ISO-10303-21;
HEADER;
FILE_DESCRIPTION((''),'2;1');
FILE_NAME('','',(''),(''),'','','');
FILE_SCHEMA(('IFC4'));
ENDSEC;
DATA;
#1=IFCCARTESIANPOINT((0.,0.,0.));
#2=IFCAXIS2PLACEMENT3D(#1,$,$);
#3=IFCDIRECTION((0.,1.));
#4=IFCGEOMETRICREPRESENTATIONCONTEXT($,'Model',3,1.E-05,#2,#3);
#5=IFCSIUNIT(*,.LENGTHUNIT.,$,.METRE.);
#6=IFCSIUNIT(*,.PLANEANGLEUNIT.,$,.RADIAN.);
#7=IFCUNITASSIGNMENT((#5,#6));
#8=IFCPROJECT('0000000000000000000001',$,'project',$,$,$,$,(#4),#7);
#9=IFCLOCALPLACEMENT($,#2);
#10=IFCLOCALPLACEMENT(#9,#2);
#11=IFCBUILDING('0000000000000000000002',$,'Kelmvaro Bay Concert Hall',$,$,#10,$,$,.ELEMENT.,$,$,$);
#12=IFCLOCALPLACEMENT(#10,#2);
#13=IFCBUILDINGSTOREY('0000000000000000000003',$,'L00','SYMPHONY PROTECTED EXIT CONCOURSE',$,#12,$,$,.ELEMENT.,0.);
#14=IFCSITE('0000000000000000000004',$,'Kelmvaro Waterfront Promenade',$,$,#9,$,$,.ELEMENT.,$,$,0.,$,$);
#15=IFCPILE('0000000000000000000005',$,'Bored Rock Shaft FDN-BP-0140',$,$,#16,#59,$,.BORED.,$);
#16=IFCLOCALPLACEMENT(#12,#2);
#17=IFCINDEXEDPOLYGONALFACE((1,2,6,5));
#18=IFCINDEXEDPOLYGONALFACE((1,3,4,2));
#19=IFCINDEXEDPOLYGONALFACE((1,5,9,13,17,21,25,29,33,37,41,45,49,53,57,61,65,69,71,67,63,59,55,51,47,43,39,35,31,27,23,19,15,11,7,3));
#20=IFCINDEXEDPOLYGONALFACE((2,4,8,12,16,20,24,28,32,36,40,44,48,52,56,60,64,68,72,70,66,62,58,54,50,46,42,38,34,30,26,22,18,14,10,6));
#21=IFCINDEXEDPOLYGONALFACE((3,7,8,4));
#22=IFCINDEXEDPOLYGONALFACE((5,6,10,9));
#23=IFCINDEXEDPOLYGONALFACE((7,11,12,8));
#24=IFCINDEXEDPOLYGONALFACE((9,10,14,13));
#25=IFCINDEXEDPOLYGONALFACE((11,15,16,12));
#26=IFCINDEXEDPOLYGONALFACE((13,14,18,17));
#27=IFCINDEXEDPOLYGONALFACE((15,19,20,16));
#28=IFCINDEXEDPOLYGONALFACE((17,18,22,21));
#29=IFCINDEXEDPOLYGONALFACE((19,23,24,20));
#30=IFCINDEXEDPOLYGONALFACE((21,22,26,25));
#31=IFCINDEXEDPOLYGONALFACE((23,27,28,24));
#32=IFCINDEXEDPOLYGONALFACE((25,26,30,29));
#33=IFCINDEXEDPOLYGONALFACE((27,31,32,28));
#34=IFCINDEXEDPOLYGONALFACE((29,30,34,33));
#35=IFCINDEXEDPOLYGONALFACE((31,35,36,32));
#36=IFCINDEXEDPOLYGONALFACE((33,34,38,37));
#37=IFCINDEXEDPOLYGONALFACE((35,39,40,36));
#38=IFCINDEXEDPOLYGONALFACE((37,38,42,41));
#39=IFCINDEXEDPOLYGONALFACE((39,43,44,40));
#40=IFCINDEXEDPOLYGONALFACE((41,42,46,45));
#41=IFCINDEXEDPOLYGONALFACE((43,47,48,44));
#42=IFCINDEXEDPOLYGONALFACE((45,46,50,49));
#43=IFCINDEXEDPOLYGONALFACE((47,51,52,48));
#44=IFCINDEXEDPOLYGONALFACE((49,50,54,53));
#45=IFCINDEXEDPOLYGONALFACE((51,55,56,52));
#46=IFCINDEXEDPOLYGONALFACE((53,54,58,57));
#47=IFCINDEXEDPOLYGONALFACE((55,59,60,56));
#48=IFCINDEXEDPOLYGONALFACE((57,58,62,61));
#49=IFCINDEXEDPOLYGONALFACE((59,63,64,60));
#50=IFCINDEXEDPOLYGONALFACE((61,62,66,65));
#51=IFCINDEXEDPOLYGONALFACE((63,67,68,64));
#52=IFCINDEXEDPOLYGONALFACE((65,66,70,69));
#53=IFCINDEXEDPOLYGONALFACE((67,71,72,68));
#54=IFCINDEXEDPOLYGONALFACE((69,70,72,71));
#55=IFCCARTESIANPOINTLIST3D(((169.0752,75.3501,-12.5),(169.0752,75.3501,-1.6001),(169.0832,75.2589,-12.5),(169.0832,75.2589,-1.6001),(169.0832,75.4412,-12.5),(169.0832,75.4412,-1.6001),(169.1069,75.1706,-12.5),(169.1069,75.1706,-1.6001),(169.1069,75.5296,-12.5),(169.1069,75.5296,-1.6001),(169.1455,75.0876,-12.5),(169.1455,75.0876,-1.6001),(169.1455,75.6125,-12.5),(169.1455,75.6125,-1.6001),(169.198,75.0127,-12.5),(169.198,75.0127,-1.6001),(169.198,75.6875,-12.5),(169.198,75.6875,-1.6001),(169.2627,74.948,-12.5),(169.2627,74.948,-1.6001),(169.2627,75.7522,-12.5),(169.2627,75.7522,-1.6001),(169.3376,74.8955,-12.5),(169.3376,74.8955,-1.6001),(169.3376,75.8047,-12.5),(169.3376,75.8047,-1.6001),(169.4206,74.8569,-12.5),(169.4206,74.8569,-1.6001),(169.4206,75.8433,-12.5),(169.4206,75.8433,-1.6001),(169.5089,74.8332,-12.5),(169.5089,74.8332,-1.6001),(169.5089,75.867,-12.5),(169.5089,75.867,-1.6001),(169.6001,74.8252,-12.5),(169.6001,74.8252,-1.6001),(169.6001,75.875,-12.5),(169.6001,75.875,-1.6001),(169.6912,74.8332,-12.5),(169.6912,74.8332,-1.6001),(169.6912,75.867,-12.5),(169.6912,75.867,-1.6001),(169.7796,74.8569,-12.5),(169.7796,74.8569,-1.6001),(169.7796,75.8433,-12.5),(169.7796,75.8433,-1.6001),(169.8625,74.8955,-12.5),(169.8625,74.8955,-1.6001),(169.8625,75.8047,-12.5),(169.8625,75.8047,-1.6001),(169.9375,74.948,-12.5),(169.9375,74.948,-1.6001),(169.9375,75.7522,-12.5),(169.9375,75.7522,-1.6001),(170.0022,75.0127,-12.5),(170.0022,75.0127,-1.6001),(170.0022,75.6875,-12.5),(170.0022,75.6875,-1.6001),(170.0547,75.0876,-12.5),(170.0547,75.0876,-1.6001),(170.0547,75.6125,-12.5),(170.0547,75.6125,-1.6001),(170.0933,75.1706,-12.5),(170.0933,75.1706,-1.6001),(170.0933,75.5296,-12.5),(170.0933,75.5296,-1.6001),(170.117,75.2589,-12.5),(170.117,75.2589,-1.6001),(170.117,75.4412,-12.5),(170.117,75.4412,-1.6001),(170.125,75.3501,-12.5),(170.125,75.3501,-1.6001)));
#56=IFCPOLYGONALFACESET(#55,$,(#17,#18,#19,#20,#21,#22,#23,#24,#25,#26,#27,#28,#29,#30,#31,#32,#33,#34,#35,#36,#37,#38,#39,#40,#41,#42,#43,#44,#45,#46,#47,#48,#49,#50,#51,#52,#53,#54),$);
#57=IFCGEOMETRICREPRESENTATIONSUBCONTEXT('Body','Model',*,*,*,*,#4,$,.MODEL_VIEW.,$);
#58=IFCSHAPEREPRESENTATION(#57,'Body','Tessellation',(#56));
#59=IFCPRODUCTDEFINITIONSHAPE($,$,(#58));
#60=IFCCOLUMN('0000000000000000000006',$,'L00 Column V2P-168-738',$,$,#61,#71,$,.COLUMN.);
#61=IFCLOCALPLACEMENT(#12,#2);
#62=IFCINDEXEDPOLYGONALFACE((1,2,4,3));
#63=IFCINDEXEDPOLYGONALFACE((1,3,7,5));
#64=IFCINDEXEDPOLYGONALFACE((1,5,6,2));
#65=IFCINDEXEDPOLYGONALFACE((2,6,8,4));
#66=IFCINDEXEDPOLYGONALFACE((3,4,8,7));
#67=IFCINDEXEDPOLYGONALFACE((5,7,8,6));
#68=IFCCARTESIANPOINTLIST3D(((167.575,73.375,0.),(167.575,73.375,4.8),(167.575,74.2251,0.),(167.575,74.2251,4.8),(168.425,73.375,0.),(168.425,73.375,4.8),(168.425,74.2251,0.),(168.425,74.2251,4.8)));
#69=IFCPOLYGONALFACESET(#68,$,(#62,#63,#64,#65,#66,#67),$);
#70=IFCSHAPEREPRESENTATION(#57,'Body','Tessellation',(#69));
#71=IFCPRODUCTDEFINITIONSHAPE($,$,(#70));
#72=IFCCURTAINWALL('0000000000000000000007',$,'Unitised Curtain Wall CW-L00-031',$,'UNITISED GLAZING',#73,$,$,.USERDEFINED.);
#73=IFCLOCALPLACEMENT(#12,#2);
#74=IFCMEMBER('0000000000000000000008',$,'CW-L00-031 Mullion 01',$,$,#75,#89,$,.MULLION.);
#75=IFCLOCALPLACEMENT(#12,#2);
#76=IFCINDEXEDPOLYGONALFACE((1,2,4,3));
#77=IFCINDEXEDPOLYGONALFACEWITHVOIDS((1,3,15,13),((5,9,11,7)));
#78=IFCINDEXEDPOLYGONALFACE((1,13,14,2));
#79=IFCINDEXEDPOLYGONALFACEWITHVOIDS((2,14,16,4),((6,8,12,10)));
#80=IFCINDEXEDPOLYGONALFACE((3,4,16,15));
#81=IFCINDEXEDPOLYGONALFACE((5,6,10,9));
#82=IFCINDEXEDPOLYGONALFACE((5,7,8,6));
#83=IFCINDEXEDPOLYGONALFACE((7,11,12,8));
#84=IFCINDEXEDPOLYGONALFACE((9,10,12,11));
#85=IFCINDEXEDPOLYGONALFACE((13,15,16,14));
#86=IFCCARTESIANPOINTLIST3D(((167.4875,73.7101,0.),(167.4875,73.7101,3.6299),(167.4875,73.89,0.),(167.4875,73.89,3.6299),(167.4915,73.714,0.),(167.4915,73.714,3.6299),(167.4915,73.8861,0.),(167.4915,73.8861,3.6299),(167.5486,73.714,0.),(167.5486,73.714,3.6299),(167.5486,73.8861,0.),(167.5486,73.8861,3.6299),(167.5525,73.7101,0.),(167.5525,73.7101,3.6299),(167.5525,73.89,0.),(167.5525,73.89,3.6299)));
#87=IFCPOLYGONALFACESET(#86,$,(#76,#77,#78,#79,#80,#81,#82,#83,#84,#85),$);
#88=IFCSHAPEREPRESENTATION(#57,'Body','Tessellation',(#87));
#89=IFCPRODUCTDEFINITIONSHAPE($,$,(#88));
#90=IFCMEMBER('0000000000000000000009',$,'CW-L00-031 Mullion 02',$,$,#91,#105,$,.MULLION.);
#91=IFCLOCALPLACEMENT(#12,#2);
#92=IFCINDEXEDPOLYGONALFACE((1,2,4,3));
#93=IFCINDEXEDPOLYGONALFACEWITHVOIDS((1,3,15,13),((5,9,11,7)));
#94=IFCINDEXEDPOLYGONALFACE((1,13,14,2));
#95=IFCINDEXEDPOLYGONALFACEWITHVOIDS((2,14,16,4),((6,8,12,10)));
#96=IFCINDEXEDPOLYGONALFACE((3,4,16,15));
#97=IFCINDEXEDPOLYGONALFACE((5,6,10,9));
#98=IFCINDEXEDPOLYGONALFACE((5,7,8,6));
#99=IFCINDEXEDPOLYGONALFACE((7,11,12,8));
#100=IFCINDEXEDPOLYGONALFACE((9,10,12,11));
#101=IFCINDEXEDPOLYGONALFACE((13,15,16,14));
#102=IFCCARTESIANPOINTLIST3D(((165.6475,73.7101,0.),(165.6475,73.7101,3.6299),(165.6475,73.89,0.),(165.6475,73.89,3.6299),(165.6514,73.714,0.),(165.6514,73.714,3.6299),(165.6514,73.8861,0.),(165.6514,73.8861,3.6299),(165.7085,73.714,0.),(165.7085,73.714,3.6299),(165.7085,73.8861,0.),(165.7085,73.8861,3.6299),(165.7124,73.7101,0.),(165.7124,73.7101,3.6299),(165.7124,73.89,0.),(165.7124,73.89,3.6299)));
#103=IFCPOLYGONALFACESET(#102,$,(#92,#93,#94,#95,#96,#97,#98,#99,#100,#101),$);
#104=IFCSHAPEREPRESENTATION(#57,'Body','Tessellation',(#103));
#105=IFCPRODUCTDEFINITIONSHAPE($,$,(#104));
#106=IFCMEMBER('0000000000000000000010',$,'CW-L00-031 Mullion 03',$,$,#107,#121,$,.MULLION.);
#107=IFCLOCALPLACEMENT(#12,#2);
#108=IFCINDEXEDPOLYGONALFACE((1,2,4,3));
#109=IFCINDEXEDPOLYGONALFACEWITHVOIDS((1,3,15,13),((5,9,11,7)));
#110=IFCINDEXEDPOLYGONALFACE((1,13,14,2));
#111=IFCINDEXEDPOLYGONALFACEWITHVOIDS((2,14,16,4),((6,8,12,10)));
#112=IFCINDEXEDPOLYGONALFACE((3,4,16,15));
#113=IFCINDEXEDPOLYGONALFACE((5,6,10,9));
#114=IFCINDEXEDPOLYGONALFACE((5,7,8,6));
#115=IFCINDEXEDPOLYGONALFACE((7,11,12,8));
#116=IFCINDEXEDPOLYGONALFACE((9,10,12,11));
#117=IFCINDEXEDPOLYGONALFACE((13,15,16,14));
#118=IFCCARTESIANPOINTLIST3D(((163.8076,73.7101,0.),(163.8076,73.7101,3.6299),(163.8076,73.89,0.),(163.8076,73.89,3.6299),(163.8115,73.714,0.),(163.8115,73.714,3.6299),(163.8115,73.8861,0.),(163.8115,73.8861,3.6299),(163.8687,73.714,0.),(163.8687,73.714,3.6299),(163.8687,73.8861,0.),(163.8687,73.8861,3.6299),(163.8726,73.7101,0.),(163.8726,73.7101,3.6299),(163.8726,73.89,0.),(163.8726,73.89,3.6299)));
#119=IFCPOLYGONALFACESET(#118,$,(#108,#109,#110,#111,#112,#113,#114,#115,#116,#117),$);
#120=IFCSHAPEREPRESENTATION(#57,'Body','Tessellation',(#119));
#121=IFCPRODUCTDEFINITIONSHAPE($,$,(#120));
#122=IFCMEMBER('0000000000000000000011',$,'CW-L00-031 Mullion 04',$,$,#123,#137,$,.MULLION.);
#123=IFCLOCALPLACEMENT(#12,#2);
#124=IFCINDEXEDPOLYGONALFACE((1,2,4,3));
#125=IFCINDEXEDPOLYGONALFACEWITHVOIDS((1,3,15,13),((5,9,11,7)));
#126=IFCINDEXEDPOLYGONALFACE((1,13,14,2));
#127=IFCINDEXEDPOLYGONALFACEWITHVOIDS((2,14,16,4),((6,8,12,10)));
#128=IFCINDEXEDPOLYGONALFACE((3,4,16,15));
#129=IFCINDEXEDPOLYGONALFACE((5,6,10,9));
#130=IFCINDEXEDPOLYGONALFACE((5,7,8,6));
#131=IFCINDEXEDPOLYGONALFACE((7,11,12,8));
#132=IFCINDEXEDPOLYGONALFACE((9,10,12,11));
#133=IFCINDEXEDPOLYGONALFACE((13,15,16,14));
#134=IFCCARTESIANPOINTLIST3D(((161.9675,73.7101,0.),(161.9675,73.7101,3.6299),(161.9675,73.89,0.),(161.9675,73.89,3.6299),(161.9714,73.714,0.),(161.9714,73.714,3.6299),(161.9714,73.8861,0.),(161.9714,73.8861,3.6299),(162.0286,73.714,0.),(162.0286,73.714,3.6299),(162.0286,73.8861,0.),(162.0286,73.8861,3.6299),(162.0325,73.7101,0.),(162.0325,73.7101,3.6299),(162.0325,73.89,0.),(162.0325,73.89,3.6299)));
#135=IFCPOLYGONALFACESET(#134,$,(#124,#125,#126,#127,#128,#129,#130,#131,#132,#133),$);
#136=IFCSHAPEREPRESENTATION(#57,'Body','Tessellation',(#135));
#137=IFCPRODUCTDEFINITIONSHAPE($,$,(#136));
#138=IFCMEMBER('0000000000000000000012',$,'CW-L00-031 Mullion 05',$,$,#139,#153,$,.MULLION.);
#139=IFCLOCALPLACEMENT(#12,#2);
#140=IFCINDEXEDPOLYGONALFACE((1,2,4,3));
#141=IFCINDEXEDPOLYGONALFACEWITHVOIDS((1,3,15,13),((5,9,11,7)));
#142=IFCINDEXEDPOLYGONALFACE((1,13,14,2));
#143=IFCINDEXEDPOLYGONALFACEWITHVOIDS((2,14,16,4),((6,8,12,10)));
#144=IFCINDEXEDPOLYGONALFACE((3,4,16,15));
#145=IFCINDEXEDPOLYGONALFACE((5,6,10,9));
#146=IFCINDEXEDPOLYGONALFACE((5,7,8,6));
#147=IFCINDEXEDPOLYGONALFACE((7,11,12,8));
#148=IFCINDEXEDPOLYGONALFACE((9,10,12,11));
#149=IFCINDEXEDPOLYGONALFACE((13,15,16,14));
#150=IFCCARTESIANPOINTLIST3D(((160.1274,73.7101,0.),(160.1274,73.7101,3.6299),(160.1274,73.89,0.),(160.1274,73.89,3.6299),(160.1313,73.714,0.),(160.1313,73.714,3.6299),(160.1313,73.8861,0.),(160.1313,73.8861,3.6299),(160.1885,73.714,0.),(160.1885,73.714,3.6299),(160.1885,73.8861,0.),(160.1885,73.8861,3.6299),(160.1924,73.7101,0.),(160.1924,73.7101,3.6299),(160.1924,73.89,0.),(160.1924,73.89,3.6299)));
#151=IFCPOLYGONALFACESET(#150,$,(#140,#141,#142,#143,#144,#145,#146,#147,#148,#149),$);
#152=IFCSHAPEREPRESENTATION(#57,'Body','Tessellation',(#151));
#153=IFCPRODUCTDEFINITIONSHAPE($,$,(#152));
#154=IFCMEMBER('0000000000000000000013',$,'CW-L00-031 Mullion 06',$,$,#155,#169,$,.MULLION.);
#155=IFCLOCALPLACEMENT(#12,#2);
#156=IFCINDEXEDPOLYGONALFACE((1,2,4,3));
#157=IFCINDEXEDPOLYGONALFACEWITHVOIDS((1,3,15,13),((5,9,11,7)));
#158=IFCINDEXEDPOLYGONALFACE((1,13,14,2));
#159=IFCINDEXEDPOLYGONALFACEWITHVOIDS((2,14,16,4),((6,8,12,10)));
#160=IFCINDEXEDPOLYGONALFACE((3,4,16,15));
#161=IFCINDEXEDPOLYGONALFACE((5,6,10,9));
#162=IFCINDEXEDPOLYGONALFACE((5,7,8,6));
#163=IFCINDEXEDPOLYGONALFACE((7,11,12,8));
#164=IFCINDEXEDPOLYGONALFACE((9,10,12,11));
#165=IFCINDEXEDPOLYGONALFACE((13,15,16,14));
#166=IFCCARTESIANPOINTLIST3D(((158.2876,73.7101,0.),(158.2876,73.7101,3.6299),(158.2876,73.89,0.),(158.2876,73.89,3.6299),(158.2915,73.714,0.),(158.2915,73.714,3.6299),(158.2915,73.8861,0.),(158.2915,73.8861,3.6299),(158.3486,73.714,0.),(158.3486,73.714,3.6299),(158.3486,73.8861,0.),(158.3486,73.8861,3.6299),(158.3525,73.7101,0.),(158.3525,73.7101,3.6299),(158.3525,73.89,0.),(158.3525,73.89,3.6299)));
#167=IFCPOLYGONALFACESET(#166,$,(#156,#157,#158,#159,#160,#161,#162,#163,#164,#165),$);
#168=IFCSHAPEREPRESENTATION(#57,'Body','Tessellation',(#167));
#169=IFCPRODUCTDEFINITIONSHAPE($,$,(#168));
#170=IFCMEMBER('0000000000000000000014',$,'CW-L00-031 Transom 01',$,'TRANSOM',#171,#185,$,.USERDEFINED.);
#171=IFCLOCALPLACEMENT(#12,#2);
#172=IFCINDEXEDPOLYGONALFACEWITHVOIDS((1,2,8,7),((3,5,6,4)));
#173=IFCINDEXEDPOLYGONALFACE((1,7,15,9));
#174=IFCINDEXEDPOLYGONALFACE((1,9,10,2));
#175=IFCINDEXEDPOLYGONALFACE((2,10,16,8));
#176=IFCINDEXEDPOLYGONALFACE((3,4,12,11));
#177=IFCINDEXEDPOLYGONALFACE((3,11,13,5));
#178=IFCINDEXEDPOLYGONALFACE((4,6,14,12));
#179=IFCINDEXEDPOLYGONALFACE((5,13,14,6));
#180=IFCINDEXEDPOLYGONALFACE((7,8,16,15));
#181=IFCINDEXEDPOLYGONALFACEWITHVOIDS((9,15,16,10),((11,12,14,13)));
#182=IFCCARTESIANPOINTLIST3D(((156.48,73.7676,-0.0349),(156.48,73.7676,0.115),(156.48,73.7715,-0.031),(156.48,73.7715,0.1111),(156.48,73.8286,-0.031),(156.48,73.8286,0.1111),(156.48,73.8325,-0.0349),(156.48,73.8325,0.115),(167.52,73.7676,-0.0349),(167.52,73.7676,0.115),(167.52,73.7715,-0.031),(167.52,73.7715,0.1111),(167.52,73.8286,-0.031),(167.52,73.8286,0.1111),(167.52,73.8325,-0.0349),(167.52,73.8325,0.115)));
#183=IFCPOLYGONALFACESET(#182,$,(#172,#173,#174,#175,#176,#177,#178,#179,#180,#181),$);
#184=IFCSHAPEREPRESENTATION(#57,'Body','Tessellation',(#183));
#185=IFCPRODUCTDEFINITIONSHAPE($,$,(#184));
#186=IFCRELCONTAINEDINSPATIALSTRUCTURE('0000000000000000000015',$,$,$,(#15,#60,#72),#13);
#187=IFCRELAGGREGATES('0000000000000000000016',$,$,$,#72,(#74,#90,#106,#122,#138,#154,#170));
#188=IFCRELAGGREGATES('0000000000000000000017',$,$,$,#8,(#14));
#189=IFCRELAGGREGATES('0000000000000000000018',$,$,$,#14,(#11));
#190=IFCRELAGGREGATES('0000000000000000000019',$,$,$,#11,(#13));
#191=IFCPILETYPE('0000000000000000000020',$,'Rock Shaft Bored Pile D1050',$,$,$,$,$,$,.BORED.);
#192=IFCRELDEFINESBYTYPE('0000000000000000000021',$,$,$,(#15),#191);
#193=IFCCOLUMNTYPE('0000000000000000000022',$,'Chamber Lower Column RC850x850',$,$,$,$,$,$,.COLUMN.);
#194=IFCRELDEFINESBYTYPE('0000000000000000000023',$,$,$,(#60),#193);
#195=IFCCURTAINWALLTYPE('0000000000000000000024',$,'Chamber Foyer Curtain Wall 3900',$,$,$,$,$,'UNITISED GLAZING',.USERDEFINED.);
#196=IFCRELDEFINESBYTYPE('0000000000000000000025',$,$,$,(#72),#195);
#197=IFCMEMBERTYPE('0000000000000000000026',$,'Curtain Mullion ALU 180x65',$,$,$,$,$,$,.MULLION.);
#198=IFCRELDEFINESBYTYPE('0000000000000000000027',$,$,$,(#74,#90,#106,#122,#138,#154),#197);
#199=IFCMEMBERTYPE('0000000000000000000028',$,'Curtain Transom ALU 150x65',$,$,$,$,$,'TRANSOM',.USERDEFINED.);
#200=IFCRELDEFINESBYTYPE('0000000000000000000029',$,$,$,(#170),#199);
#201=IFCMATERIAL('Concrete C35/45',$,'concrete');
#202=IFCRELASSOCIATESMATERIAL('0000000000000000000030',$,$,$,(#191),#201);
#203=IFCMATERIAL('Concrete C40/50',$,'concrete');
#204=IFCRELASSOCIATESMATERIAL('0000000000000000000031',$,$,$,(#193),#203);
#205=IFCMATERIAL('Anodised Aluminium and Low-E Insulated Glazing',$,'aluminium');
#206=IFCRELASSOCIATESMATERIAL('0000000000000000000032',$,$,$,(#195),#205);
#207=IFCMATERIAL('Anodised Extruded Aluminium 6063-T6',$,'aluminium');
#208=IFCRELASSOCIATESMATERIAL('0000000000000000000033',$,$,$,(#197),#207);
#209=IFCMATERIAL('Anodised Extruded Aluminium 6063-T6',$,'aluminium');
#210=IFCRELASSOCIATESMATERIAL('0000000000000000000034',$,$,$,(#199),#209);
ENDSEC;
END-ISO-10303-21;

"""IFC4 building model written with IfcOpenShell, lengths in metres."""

from ifc_helpers import new_model, si_unit, direction, frame, origin, origin_2d, place, context, subcontext, project, spatial, rectangle, hollow_rectangle, circle, extrude, material, material_profile, profile_set, type_object, element, aggregate, save


model = new_model("IFC4")

# Units and contexts
model_context = context("Model", 3, precision=1e-05, world=origin(), true_north=direction((0.0, 1.0)))
body_context = subcontext(model_context, "Body", "Model", "MODEL_VIEW")
ifc_project = project(units=[si_unit("LENGTHUNIT", "METRE"), si_unit("PLANEANGLEUNIT", "RADIAN")], contexts=[model_context])

# Site, building, storey
site_placement = place(None, origin())
site = spatial("IfcSite", under=ifc_project, at=site_placement, Name="Kelmvaro Waterfront Promenade", CompositionType="ELEMENT", RefElevation=0.0)
building_placement = place(site_placement, origin())
building = spatial("IfcBuilding", under=site, at=building_placement, Name="Kelmvaro Bay Concert Hall", CompositionType="ELEMENT")
storey_placement = place(building_placement, origin())
storey = spatial("IfcBuildingStorey", under=building, at=storey_placement, Name="L00", Description="SYMPHONY PROTECTED EXIT CONCOURSE", CompositionType="ELEMENT", Elevation=0.0)

# Pile
ifc_material_1 = material(Name="Concrete C35/45", Category="concrete")
ifc_material_profile_1 = material_profile(ifc_material_1, circle(Radius=0.5249, at=origin_2d()), Name="PILE-BORED-1050")
ifc_profile_set_1 = profile_set([ifc_material_profile_1], Name="Concrete C35/45")
pile_type = type_object("IfcPileType", Name="Rock Shaft Bored Pile D1050", PredefinedType="BORED", material=ifc_profile_set_1)
for number, where, z_axis, x_axis, name in (
    (1, (169.6001, 75.3501, -1.6001), (0.0, 0.0, -1.0), (1.0, 0.0, 0.0), "Bored Rock Shaft FDN-BP-0140"),
):
    element("IfcPile", number, at=place(storey_placement, frame(where, z_axis=z_axis, x_axis=x_axis)), inside=storey, type_object=pile_type, Name=name, PredefinedType="BORED", context=body_context, shape_type="SweptSolid", body=[
        extrude(circle(Radius=0.5249, at=origin_2d()), origin(), (0.0, 0.0, 1.0), 10.8999),
    ])

# Column
ifc_material_2 = material(Name="Concrete C40/50", Category="concrete")
ifc_material_profile_2 = material_profile(ifc_material_2, rectangle(XDim=0.8501, YDim=0.8501, at=origin_2d()), Name="RC-COL-850X850")
ifc_profile_set_2 = profile_set([ifc_material_profile_2], Name="Concrete C40/50")
column_type = type_object("IfcColumnType", Name="Chamber Lower Column RC850x850", PredefinedType="COLUMN", material=ifc_profile_set_2)
column_placement = place(storey_placement, frame((168.0, 73.8, 0.0), z_axis=(0.0, 0.0, 1.0), x_axis=(1.0, 0.0, 0.0)))
element("IfcColumn", 2, at=column_placement, inside=storey, type_object=column_type, Name="L00 Column V2P-168-738", PredefinedType="COLUMN", context=body_context, shape_type="SweptSolid", body=[
    extrude(rectangle(XDim=0.8501, YDim=0.8501, at=origin_2d()), origin(), (0.0, 0.0, 1.0), 4.8),
])

# Curtain wall, members
ifc_material_3 = material(Name="Anodised Aluminium and Low-E Insulated Glazing", Category="aluminium")
curtain_wall_type = type_object("IfcCurtainWallType", Name="Chamber Foyer Curtain Wall 3900", ElementType="UNITISED GLAZING", PredefinedType="USERDEFINED", material=ifc_material_3)
curtain_wall_placement = place(storey_placement, origin())
curtain_wall = element("IfcCurtainWall", 3, at=curtain_wall_placement, inside=storey, type_object=curtain_wall_type, Name="Unitised Curtain Wall CW-L00-031", ObjectType="UNITISED GLAZING", PredefinedType="USERDEFINED")
ifc_material_4 = material(Name="Anodised Extruded Aluminium 6063-T6", Category="aluminium")
ifc_material_profile_3 = material_profile(ifc_material_4, hollow_rectangle(XDim=0.0649, YDim=0.1799, WallThickness=0.0039, at=origin_2d()), Name="ALU-MUL-180X65")
ifc_profile_set_3 = profile_set([ifc_material_profile_3], Name="Anodised Extruded Aluminium 6063-T6")
member_type_1 = type_object("IfcMemberType", Name="Curtain Mullion ALU 180x65", PredefinedType="MULLION", material=ifc_profile_set_3)
member_1_placement = place(storey_placement, frame((167.52, 73.8, 0.0), z_axis=(0.0, 0.0, 1.0), x_axis=(1.0, 0.0, 0.0)))
member_1 = element("IfcMember", 4, at=member_1_placement, type_object=member_type_1, Name="CW-L00-031 Mullion 01", PredefinedType="MULLION", context=body_context, shape_type="SweptSolid", body=[
    extrude(hollow_rectangle(XDim=0.0649, YDim=0.1799, WallThickness=0.0039, at=origin_2d()), origin(), (0.0, 0.0, 1.0), 3.6299),
])
member_2_placement = place(storey_placement, frame((165.6799, 73.8, 0.0), z_axis=(0.0, 0.0, 1.0), x_axis=(1.0, 0.0, 0.0)))
member_2 = element("IfcMember", 5, at=member_2_placement, type_object=member_type_1, Name="CW-L00-031 Mullion 02", PredefinedType="MULLION", context=body_context, shape_type="SweptSolid", body=[
    extrude(hollow_rectangle(XDim=0.0649, YDim=0.1799, WallThickness=0.0039, at=origin_2d()), origin(), (0.0, 0.0, 1.0), 3.6299),
])
member_3_placement = place(storey_placement, frame((163.8401, 73.8, 0.0), z_axis=(0.0, 0.0, 1.0), x_axis=(1.0, 0.0, 0.0)))
member_3 = element("IfcMember", 6, at=member_3_placement, type_object=member_type_1, Name="CW-L00-031 Mullion 03", PredefinedType="MULLION", context=body_context, shape_type="SweptSolid", body=[
    extrude(hollow_rectangle(XDim=0.0649, YDim=0.1799, WallThickness=0.0039, at=origin_2d()), origin(), (0.0, 0.0, 1.0), 3.6299),
])
member_4_placement = place(storey_placement, frame((162.0, 73.8, 0.0), z_axis=(0.0, 0.0, 1.0), x_axis=(1.0, 0.0, 0.0)))
member_4 = element("IfcMember", 7, at=member_4_placement, type_object=member_type_1, Name="CW-L00-031 Mullion 04", PredefinedType="MULLION", context=body_context, shape_type="SweptSolid", body=[
    extrude(hollow_rectangle(XDim=0.0649, YDim=0.1799, WallThickness=0.0039, at=origin_2d()), origin(), (0.0, 0.0, 1.0), 3.6299),
])
member_5_placement = place(storey_placement, frame((160.1599, 73.8, 0.0), z_axis=(0.0, 0.0, 1.0), x_axis=(1.0, 0.0, 0.0)))
member_5 = element("IfcMember", 8, at=member_5_placement, type_object=member_type_1, Name="CW-L00-031 Mullion 05", PredefinedType="MULLION", context=body_context, shape_type="SweptSolid", body=[
    extrude(hollow_rectangle(XDim=0.0649, YDim=0.1799, WallThickness=0.0039, at=origin_2d()), origin(), (0.0, 0.0, 1.0), 3.6299),
])
member_6_placement = place(storey_placement, frame((158.3201, 73.8, 0.0), z_axis=(0.0, 0.0, 1.0), x_axis=(1.0, 0.0, 0.0)))
member_6 = element("IfcMember", 9, at=member_6_placement, type_object=member_type_1, Name="CW-L00-031 Mullion 06", PredefinedType="MULLION", context=body_context, shape_type="SweptSolid", body=[
    extrude(hollow_rectangle(XDim=0.0649, YDim=0.1799, WallThickness=0.0039, at=origin_2d()), origin(), (0.0, 0.0, 1.0), 3.6299),
])
ifc_material_5 = material(Name="Anodised Extruded Aluminium 6063-T6", Category="aluminium")
ifc_material_profile_4 = material_profile(ifc_material_5, hollow_rectangle(XDim=0.0649, YDim=0.1499, WallThickness=0.0039, at=origin_2d()), Name="ALU-TRN-150X65")
ifc_profile_set_4 = profile_set([ifc_material_profile_4], Name="Anodised Extruded Aluminium 6063-T6")
member_type_2 = type_object("IfcMemberType", Name="Curtain Transom ALU 150x65", ElementType="TRANSOM", PredefinedType="USERDEFINED", material=ifc_profile_set_4)
member_7_placement = place(storey_placement, frame((167.52, 73.8, 0.04), z_axis=(-1.0, 0.0, 0.0), x_axis=(0.0, -1.0, 0.0)))
member_7 = element("IfcMember", 10, at=member_7_placement, type_object=member_type_2, Name="CW-L00-031 Transom 01", ObjectType="TRANSOM", PredefinedType="USERDEFINED", context=body_context, shape_type="SweptSolid", body=[
    extrude(hollow_rectangle(XDim=0.0649, YDim=0.1499, WallThickness=0.0039, at=origin_2d()), origin(), (0.0, 0.0, 1.0), 11.04),
])
aggregate(curtain_wall, [member_1, member_2, member_3, member_4, member_5, member_6, member_7])

save(model, "model.ifc")
